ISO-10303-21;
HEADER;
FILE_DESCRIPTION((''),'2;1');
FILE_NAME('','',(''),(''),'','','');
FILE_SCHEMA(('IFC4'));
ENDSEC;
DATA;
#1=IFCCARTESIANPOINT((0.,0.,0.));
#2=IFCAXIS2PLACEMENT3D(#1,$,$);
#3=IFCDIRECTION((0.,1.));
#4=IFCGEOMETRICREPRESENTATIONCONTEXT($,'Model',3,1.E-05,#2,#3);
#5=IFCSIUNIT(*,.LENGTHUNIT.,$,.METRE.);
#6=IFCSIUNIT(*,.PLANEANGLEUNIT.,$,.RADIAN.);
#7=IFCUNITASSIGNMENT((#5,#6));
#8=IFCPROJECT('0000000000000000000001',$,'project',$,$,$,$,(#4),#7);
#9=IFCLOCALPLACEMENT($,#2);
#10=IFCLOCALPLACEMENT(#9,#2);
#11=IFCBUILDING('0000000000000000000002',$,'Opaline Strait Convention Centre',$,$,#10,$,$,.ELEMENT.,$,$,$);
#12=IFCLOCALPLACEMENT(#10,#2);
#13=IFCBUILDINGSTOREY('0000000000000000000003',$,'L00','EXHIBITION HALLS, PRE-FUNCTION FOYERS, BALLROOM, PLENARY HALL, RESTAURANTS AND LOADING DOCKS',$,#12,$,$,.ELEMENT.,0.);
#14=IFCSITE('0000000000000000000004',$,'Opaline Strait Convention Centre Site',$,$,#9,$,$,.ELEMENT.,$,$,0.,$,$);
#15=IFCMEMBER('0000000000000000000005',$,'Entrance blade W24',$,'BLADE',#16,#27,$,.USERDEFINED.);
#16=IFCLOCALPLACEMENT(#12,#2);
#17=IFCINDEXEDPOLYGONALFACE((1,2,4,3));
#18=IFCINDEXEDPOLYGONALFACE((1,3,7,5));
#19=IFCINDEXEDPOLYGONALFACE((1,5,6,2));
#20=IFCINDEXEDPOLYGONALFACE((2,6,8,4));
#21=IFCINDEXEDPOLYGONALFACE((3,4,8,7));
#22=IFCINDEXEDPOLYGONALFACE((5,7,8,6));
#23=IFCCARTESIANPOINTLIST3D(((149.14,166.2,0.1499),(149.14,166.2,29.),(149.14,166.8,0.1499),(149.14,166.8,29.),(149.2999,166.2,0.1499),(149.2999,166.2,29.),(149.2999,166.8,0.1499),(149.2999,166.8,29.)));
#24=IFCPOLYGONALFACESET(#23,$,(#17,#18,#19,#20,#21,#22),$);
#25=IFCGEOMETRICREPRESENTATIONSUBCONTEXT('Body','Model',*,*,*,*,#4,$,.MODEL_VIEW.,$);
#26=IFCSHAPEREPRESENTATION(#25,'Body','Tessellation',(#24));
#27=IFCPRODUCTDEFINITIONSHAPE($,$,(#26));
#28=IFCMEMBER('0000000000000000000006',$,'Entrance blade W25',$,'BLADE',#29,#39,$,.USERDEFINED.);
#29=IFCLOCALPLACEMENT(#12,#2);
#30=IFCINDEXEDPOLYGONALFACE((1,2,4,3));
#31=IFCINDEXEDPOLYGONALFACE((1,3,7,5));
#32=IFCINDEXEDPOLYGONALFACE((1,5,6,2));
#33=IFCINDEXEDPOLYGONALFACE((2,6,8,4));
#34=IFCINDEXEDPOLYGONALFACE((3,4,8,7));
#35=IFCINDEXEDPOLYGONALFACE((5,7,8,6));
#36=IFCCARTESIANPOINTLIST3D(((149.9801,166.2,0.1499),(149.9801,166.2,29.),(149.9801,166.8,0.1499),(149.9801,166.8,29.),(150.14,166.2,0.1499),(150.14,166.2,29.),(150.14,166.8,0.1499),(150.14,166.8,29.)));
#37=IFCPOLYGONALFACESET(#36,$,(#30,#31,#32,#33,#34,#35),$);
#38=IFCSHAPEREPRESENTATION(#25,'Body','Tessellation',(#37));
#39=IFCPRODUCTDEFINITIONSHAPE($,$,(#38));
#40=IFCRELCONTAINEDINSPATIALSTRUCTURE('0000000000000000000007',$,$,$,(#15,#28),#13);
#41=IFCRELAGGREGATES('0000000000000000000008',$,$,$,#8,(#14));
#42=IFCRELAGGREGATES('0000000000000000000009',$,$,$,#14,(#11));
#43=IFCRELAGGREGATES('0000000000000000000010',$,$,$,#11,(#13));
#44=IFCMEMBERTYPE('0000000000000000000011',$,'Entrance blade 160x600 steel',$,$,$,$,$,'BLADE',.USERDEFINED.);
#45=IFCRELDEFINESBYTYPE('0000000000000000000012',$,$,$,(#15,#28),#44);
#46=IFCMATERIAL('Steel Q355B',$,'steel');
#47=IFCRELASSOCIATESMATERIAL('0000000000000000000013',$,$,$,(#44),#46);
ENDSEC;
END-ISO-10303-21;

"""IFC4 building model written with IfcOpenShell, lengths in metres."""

from ifc_helpers import new_model, si_unit, direction, frame, origin, origin_2d, place, context, subcontext, project, spatial, rectangle, extrude, material, material_profile, profile_set, type_object, element, save


model = new_model("IFC4")

# Units and contexts
model_context = context("Model", 3, precision=1e-05, world=origin(), true_north=direction((0.0, 1.0)))
body_context = subcontext(model_context, "Body", "Model", "MODEL_VIEW")
ifc_project = project(units=[si_unit("LENGTHUNIT", "METRE"), si_unit("PLANEANGLEUNIT", "RADIAN")], contexts=[model_context])

# Site, building, storey
site_placement = place(None, origin())
site = spatial("IfcSite", under=ifc_project, at=site_placement, Name="Opaline Strait Convention Centre Site", CompositionType="ELEMENT", RefElevation=0.0)
building_placement = place(site_placement, origin())
building = spatial("IfcBuilding", under=site, at=building_placement, Name="Opaline Strait Convention Centre", CompositionType="ELEMENT")
storey_placement = place(building_placement, origin())
storey = spatial("IfcBuildingStorey", under=building, at=storey_placement, Name="L00", Description="EXHIBITION HALLS, PRE-FUNCTION FOYERS, BALLROOM, PLENARY HALL, RESTAURANTS AND LOADING DOCKS", CompositionType="ELEMENT", Elevation=0.0)

# Shared definitions
ifc_material_1 = material(Name="Steel Q355B", Category="steel")

# Members
ifc_material_profile_1 = material_profile(ifc_material_1, rectangle(XDim=0.1599, YDim=0.6001, at=origin_2d()), Name="BAR 160x600")
ifc_profile_set_1 = profile_set([ifc_material_profile_1], Name="Steel Q355B")
member_type = type_object("IfcMemberType", Name="Entrance blade 160x600 steel", ElementType="BLADE", PredefinedType="USERDEFINED", material=ifc_profile_set_1)
for number, where, z_axis, x_axis, name in (
    (1, (149.22, 166.5, 0.1499), (0.0, 0.0, 1.0), (1.0, 0.0, 0.0), "Entrance blade W24"),
    (2, (150.0601, 166.5, 0.1499), (0.0, 0.0, 1.0), (1.0, 0.0, 0.0), "Entrance blade W25"),
):
    element("IfcMember", number, at=place(storey_placement, frame(where, z_axis=z_axis, x_axis=x_axis)), inside=storey, type_object=member_type, Name=name, ObjectType="BLADE", PredefinedType="USERDEFINED", context=body_context, shape_type="SweptSolid", body=[
        extrude(rectangle(XDim=0.1599, YDim=0.6001, at=origin_2d()), origin(), (0.0, 0.0, 1.0), 28.8501),
    ])

save(model, "model.ifc")
